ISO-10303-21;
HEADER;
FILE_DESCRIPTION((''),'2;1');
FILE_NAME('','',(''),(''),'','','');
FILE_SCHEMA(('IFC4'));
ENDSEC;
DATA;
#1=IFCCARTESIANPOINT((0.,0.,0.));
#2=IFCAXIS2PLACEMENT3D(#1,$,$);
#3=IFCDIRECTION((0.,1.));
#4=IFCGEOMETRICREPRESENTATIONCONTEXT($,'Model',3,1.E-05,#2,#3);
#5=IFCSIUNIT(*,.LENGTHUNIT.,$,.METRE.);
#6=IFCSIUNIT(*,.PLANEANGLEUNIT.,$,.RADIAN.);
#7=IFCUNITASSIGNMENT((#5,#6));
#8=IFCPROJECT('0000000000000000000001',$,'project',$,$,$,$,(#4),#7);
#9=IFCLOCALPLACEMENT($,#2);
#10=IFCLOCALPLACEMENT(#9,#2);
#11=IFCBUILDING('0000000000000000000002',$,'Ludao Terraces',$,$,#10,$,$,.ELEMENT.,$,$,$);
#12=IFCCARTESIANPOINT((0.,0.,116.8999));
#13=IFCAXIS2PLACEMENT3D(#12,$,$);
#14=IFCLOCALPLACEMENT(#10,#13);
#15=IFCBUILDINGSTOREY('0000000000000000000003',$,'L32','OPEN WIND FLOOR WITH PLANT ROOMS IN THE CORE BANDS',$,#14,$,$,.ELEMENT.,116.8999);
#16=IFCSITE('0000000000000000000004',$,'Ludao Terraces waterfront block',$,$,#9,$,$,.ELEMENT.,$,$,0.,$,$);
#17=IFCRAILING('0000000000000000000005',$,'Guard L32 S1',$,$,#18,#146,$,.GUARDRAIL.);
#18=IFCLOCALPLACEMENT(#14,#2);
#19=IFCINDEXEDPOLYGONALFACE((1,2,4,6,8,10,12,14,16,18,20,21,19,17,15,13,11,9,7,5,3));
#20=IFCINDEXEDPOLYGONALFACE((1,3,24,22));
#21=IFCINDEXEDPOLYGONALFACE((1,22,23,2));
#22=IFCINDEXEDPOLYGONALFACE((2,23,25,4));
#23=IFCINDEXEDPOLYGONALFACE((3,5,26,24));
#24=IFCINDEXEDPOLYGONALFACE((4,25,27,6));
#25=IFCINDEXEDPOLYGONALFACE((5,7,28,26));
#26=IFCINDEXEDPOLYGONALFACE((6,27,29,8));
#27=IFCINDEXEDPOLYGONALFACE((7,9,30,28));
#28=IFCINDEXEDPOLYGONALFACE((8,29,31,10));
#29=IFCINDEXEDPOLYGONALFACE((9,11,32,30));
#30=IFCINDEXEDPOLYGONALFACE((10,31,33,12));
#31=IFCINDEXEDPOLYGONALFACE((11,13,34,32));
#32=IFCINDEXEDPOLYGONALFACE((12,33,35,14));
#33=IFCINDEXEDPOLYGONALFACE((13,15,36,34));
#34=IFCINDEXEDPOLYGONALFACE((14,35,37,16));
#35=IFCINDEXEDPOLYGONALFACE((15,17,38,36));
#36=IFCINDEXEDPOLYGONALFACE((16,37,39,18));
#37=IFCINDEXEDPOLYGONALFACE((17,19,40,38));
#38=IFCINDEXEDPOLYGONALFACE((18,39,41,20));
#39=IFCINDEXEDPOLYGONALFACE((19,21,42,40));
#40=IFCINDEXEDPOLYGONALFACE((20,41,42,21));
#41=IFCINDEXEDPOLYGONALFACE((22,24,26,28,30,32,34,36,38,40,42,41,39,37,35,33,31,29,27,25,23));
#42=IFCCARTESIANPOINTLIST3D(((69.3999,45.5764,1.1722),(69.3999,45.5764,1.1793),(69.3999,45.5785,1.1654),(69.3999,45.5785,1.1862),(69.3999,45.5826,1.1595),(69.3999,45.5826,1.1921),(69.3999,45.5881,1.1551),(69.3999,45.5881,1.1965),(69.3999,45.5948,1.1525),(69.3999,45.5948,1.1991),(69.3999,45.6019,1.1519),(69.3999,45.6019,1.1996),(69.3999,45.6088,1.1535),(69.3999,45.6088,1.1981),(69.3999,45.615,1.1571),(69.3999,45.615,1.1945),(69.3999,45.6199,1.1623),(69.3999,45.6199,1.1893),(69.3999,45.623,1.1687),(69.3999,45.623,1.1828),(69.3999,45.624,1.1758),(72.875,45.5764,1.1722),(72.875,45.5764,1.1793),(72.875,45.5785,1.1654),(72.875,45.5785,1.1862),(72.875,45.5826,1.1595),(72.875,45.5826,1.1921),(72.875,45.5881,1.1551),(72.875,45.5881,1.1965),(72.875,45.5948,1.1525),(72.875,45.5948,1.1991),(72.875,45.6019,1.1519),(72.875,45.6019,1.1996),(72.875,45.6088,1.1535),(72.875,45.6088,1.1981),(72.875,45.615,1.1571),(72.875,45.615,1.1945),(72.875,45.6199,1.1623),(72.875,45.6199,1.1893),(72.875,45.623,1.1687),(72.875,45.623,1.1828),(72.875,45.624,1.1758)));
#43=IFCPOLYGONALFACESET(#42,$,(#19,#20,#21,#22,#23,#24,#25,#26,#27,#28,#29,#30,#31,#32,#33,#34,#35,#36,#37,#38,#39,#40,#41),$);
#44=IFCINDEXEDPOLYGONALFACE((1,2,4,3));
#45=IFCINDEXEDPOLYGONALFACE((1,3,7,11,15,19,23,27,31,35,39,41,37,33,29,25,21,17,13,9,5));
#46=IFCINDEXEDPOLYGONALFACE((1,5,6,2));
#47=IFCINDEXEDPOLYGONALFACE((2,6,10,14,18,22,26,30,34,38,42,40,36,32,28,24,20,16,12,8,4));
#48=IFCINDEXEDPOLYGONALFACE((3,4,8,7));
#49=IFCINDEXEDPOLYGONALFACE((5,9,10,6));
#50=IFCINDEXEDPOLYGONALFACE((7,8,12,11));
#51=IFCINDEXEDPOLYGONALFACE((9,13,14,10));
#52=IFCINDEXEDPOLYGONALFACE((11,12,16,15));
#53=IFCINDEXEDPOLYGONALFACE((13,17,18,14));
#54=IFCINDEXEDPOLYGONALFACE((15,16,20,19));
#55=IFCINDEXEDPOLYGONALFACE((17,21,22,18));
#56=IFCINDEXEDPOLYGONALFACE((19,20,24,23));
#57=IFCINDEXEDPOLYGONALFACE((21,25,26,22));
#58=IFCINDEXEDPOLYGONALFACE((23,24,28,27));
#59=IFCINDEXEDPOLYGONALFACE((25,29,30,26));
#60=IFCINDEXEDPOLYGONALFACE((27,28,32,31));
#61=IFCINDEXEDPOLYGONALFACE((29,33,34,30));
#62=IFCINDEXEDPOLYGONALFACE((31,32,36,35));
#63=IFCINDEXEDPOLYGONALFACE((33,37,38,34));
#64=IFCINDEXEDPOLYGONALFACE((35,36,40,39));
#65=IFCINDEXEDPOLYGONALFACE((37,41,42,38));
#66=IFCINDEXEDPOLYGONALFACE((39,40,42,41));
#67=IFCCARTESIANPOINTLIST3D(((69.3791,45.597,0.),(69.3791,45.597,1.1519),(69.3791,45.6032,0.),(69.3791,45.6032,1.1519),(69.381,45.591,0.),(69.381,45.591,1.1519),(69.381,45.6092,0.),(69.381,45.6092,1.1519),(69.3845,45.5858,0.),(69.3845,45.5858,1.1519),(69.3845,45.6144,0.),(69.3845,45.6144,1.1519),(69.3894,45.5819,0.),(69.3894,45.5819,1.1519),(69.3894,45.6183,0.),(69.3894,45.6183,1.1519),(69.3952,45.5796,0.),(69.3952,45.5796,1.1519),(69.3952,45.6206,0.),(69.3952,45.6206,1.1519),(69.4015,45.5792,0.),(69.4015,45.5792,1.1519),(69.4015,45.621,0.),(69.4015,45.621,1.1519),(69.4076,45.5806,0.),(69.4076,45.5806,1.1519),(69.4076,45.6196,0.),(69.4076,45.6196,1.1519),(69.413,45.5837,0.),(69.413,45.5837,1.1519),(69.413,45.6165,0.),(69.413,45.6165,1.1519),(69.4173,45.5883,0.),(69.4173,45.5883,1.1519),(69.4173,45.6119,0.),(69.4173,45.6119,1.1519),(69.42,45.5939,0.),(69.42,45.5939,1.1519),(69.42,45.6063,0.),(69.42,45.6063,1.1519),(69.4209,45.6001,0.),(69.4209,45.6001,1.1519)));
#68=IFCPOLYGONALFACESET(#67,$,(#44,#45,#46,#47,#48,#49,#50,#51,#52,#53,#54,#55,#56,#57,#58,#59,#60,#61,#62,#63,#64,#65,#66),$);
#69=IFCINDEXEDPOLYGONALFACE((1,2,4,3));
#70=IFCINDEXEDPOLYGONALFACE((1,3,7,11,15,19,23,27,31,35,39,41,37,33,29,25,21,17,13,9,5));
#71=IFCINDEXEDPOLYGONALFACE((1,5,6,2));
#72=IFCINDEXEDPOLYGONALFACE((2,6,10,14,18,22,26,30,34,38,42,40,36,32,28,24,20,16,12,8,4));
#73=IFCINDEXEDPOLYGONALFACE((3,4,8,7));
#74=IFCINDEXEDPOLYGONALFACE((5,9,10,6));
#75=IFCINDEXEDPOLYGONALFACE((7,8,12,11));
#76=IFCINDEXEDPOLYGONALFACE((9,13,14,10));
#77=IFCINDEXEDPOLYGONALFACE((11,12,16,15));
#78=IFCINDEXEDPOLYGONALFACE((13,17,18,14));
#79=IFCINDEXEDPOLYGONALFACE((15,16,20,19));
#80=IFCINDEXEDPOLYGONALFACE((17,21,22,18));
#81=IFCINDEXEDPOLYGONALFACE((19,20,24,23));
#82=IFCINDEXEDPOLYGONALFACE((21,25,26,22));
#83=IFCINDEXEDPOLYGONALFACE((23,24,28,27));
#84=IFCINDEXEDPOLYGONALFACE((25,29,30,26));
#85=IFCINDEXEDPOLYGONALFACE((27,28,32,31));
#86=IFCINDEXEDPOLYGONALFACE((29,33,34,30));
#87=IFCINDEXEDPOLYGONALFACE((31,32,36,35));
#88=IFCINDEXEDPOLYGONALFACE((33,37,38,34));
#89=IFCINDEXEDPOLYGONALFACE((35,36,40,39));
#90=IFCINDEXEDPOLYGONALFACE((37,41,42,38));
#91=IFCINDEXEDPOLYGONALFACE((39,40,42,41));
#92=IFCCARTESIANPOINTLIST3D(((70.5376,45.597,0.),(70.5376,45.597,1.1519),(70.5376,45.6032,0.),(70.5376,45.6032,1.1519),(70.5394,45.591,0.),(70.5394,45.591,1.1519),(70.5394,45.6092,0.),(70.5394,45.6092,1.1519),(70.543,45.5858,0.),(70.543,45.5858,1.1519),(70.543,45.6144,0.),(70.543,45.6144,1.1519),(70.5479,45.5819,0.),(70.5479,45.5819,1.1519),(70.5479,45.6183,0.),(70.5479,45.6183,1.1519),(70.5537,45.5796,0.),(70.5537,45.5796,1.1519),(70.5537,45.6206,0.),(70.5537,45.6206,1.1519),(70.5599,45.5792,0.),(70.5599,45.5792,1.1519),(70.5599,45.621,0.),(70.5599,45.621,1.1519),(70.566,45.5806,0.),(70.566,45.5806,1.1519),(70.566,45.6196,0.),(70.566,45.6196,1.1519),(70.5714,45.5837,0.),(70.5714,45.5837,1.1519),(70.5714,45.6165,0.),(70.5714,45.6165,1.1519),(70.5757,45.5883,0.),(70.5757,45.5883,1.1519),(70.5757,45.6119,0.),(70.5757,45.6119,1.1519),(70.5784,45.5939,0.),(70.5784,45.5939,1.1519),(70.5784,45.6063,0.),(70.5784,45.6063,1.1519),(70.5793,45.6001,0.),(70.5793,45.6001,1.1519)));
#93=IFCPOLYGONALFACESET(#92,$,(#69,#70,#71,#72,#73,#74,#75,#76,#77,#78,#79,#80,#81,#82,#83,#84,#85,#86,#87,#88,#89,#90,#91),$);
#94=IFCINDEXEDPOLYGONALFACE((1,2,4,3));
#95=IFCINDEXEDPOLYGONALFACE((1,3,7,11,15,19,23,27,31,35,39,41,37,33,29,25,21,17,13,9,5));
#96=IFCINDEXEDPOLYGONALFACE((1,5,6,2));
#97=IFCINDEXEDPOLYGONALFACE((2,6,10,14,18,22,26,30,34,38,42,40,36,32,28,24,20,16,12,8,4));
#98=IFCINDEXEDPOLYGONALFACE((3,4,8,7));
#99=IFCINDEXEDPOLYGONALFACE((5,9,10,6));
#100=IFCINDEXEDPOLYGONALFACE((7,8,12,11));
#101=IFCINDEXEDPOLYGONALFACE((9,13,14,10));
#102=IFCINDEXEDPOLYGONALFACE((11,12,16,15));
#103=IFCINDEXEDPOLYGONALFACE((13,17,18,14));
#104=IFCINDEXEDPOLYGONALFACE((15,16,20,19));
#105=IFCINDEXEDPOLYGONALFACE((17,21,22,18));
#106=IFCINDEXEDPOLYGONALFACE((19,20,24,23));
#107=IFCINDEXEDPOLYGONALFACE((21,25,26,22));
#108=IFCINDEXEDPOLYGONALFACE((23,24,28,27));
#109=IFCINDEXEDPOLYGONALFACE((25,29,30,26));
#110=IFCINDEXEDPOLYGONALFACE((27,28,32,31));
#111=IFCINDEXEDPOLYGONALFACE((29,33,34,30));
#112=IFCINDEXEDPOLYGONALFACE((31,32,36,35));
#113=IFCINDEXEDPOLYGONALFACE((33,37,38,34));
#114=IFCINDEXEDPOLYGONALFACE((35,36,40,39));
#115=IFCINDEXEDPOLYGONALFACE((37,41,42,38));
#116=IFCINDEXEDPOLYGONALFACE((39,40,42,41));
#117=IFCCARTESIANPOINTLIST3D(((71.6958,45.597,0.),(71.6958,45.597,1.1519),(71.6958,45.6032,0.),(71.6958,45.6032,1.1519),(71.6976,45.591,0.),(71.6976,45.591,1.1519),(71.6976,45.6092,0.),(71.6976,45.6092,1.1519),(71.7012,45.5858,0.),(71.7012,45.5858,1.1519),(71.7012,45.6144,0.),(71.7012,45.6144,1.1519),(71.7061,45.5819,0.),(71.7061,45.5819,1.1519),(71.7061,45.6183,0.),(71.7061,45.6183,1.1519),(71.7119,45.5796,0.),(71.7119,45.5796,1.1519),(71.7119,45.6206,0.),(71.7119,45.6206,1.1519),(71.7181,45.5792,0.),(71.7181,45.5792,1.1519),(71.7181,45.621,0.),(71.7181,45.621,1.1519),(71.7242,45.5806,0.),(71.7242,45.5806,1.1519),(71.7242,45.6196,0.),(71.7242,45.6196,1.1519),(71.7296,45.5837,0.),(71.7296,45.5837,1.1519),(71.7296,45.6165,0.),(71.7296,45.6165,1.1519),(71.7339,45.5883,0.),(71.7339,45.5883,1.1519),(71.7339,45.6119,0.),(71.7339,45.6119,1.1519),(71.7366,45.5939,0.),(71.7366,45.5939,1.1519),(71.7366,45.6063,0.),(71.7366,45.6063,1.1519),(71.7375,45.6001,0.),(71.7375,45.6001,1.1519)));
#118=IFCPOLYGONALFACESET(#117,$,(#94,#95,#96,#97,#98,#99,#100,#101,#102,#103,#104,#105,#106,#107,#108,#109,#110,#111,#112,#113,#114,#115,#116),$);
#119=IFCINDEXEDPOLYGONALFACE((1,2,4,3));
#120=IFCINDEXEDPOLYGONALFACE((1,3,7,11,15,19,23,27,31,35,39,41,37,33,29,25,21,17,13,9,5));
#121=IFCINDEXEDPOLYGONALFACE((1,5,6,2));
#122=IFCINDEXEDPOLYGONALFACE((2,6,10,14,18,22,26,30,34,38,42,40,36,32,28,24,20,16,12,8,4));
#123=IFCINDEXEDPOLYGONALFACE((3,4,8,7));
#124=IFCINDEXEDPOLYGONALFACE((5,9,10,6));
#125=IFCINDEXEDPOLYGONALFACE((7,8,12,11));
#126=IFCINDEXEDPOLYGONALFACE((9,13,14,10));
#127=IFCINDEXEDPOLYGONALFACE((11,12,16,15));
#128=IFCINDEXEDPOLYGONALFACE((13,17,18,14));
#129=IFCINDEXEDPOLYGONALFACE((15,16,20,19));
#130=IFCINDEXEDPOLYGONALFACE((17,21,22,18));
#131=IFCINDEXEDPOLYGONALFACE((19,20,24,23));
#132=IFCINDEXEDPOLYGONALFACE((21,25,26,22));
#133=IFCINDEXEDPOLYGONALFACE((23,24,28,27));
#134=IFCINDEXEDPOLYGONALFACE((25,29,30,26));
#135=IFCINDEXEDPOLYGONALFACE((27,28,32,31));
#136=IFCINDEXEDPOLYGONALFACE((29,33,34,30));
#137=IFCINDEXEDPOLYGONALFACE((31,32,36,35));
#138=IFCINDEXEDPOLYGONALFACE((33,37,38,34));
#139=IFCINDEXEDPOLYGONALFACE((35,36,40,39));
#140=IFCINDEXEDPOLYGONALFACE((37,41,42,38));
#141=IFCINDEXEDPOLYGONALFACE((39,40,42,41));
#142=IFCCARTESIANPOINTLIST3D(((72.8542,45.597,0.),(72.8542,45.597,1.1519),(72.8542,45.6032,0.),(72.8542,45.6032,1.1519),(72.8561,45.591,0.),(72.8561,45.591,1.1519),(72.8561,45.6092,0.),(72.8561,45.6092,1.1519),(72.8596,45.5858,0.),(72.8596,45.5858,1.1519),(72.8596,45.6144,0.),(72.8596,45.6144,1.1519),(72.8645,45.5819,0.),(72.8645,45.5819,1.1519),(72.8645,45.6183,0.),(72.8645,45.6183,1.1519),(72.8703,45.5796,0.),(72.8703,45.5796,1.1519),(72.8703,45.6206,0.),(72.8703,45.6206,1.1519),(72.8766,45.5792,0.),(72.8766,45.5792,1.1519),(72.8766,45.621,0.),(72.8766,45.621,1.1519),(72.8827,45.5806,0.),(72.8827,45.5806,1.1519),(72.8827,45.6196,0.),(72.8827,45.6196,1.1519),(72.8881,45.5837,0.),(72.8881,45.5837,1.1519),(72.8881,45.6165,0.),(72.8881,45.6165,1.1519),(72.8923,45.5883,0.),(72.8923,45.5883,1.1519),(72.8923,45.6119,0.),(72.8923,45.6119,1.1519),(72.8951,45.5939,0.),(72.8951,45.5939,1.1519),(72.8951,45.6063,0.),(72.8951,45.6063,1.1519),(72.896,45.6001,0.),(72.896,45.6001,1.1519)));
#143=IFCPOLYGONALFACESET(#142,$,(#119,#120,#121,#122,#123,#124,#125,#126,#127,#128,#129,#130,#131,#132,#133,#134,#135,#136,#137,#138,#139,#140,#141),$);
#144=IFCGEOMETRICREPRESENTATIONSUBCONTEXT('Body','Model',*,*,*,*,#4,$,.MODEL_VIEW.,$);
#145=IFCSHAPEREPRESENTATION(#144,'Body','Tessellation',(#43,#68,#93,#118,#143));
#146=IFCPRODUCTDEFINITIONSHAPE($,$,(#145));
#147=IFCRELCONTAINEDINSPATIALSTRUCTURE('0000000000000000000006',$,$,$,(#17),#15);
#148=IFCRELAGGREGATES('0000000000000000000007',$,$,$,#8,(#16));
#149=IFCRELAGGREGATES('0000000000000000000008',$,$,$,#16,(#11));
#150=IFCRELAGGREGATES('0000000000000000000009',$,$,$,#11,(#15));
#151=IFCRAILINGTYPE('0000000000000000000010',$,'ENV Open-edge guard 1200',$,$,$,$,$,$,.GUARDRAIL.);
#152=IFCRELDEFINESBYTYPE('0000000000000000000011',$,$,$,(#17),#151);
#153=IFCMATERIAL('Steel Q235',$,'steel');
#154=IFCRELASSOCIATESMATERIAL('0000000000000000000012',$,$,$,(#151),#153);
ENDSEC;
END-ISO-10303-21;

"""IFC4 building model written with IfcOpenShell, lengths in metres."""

from ifc_helpers import new_model, si_unit, direction, frame, origin, origin_2d, place, context, subcontext, project, spatial, circle, extrude, material, type_object, element, save


model = new_model("IFC4")

# Units and contexts
model_context = context("Model", 3, precision=1e-05, world=origin(), true_north=direction((0.0, 1.0)))
body_context = subcontext(model_context, "Body", "Model", "MODEL_VIEW")
ifc_project = project(units=[si_unit("LENGTHUNIT", "METRE"), si_unit("PLANEANGLEUNIT", "RADIAN")], contexts=[model_context])

# Site, building, storey
site_placement = place(None, origin())
site = spatial("IfcSite", under=ifc_project, at=site_placement, Name="Ludao Terraces waterfront block", CompositionType="ELEMENT", RefElevation=0.0)
building_placement = place(site_placement, origin())
building = spatial("IfcBuilding", under=site, at=building_placement, Name="Ludao Terraces", CompositionType="ELEMENT")
storey_placement = place(building_placement, frame((0.0, 0.0, 116.8999)))
storey = spatial("IfcBuildingStorey", under=building, at=storey_placement, Name="L32", Description="OPEN WIND FLOOR WITH PLANT ROOMS IN THE CORE BANDS", CompositionType="ELEMENT", Elevation=116.8999)

# Railing
ifc_material_1 = material(Name="Steel Q235", Category="steel")
railing_type = type_object("IfcRailingType", Name="ENV Open-edge guard 1200", PredefinedType="GUARDRAIL", material=ifc_material_1)
railing_1_placement = place(storey_placement, frame((69.3999, 45.6001, 0.0)))
element("IfcRailing", 1, at=railing_1_placement, inside=storey, type_object=railing_type, Name="Guard L32 S1", PredefinedType="GUARDRAIL", context=body_context, shape_type="SweptSolid", body=[
    extrude(circle(Radius=0.0239, at=origin_2d()), frame((0.0, 0.0, 1.1758), z_axis=(1.0, 0.0, 0.0), x_axis=(0.0, 1.0, 0.0)), (0.0, 0.0, 1.0), 3.4751),
    extrude(circle(Radius=0.021, at=origin_2d()), origin(), (0.0, 0.0, 1.0), 1.1519),
    extrude(circle(Radius=0.021, at=origin_2d()), frame((1.1584, 0.0, 0.0)), (0.0, 0.0, 1.0), 1.1519),
    extrude(circle(Radius=0.021, at=origin_2d()), frame((2.3167, 0.0, 0.0)), (0.0, 0.0, 1.0), 1.1519),
    extrude(circle(Radius=0.021, at=origin_2d()), frame((3.4751, 0.0, 0.0)), (0.0, 0.0, 1.0), 1.1519),
])

save(model, "model.ifc")
